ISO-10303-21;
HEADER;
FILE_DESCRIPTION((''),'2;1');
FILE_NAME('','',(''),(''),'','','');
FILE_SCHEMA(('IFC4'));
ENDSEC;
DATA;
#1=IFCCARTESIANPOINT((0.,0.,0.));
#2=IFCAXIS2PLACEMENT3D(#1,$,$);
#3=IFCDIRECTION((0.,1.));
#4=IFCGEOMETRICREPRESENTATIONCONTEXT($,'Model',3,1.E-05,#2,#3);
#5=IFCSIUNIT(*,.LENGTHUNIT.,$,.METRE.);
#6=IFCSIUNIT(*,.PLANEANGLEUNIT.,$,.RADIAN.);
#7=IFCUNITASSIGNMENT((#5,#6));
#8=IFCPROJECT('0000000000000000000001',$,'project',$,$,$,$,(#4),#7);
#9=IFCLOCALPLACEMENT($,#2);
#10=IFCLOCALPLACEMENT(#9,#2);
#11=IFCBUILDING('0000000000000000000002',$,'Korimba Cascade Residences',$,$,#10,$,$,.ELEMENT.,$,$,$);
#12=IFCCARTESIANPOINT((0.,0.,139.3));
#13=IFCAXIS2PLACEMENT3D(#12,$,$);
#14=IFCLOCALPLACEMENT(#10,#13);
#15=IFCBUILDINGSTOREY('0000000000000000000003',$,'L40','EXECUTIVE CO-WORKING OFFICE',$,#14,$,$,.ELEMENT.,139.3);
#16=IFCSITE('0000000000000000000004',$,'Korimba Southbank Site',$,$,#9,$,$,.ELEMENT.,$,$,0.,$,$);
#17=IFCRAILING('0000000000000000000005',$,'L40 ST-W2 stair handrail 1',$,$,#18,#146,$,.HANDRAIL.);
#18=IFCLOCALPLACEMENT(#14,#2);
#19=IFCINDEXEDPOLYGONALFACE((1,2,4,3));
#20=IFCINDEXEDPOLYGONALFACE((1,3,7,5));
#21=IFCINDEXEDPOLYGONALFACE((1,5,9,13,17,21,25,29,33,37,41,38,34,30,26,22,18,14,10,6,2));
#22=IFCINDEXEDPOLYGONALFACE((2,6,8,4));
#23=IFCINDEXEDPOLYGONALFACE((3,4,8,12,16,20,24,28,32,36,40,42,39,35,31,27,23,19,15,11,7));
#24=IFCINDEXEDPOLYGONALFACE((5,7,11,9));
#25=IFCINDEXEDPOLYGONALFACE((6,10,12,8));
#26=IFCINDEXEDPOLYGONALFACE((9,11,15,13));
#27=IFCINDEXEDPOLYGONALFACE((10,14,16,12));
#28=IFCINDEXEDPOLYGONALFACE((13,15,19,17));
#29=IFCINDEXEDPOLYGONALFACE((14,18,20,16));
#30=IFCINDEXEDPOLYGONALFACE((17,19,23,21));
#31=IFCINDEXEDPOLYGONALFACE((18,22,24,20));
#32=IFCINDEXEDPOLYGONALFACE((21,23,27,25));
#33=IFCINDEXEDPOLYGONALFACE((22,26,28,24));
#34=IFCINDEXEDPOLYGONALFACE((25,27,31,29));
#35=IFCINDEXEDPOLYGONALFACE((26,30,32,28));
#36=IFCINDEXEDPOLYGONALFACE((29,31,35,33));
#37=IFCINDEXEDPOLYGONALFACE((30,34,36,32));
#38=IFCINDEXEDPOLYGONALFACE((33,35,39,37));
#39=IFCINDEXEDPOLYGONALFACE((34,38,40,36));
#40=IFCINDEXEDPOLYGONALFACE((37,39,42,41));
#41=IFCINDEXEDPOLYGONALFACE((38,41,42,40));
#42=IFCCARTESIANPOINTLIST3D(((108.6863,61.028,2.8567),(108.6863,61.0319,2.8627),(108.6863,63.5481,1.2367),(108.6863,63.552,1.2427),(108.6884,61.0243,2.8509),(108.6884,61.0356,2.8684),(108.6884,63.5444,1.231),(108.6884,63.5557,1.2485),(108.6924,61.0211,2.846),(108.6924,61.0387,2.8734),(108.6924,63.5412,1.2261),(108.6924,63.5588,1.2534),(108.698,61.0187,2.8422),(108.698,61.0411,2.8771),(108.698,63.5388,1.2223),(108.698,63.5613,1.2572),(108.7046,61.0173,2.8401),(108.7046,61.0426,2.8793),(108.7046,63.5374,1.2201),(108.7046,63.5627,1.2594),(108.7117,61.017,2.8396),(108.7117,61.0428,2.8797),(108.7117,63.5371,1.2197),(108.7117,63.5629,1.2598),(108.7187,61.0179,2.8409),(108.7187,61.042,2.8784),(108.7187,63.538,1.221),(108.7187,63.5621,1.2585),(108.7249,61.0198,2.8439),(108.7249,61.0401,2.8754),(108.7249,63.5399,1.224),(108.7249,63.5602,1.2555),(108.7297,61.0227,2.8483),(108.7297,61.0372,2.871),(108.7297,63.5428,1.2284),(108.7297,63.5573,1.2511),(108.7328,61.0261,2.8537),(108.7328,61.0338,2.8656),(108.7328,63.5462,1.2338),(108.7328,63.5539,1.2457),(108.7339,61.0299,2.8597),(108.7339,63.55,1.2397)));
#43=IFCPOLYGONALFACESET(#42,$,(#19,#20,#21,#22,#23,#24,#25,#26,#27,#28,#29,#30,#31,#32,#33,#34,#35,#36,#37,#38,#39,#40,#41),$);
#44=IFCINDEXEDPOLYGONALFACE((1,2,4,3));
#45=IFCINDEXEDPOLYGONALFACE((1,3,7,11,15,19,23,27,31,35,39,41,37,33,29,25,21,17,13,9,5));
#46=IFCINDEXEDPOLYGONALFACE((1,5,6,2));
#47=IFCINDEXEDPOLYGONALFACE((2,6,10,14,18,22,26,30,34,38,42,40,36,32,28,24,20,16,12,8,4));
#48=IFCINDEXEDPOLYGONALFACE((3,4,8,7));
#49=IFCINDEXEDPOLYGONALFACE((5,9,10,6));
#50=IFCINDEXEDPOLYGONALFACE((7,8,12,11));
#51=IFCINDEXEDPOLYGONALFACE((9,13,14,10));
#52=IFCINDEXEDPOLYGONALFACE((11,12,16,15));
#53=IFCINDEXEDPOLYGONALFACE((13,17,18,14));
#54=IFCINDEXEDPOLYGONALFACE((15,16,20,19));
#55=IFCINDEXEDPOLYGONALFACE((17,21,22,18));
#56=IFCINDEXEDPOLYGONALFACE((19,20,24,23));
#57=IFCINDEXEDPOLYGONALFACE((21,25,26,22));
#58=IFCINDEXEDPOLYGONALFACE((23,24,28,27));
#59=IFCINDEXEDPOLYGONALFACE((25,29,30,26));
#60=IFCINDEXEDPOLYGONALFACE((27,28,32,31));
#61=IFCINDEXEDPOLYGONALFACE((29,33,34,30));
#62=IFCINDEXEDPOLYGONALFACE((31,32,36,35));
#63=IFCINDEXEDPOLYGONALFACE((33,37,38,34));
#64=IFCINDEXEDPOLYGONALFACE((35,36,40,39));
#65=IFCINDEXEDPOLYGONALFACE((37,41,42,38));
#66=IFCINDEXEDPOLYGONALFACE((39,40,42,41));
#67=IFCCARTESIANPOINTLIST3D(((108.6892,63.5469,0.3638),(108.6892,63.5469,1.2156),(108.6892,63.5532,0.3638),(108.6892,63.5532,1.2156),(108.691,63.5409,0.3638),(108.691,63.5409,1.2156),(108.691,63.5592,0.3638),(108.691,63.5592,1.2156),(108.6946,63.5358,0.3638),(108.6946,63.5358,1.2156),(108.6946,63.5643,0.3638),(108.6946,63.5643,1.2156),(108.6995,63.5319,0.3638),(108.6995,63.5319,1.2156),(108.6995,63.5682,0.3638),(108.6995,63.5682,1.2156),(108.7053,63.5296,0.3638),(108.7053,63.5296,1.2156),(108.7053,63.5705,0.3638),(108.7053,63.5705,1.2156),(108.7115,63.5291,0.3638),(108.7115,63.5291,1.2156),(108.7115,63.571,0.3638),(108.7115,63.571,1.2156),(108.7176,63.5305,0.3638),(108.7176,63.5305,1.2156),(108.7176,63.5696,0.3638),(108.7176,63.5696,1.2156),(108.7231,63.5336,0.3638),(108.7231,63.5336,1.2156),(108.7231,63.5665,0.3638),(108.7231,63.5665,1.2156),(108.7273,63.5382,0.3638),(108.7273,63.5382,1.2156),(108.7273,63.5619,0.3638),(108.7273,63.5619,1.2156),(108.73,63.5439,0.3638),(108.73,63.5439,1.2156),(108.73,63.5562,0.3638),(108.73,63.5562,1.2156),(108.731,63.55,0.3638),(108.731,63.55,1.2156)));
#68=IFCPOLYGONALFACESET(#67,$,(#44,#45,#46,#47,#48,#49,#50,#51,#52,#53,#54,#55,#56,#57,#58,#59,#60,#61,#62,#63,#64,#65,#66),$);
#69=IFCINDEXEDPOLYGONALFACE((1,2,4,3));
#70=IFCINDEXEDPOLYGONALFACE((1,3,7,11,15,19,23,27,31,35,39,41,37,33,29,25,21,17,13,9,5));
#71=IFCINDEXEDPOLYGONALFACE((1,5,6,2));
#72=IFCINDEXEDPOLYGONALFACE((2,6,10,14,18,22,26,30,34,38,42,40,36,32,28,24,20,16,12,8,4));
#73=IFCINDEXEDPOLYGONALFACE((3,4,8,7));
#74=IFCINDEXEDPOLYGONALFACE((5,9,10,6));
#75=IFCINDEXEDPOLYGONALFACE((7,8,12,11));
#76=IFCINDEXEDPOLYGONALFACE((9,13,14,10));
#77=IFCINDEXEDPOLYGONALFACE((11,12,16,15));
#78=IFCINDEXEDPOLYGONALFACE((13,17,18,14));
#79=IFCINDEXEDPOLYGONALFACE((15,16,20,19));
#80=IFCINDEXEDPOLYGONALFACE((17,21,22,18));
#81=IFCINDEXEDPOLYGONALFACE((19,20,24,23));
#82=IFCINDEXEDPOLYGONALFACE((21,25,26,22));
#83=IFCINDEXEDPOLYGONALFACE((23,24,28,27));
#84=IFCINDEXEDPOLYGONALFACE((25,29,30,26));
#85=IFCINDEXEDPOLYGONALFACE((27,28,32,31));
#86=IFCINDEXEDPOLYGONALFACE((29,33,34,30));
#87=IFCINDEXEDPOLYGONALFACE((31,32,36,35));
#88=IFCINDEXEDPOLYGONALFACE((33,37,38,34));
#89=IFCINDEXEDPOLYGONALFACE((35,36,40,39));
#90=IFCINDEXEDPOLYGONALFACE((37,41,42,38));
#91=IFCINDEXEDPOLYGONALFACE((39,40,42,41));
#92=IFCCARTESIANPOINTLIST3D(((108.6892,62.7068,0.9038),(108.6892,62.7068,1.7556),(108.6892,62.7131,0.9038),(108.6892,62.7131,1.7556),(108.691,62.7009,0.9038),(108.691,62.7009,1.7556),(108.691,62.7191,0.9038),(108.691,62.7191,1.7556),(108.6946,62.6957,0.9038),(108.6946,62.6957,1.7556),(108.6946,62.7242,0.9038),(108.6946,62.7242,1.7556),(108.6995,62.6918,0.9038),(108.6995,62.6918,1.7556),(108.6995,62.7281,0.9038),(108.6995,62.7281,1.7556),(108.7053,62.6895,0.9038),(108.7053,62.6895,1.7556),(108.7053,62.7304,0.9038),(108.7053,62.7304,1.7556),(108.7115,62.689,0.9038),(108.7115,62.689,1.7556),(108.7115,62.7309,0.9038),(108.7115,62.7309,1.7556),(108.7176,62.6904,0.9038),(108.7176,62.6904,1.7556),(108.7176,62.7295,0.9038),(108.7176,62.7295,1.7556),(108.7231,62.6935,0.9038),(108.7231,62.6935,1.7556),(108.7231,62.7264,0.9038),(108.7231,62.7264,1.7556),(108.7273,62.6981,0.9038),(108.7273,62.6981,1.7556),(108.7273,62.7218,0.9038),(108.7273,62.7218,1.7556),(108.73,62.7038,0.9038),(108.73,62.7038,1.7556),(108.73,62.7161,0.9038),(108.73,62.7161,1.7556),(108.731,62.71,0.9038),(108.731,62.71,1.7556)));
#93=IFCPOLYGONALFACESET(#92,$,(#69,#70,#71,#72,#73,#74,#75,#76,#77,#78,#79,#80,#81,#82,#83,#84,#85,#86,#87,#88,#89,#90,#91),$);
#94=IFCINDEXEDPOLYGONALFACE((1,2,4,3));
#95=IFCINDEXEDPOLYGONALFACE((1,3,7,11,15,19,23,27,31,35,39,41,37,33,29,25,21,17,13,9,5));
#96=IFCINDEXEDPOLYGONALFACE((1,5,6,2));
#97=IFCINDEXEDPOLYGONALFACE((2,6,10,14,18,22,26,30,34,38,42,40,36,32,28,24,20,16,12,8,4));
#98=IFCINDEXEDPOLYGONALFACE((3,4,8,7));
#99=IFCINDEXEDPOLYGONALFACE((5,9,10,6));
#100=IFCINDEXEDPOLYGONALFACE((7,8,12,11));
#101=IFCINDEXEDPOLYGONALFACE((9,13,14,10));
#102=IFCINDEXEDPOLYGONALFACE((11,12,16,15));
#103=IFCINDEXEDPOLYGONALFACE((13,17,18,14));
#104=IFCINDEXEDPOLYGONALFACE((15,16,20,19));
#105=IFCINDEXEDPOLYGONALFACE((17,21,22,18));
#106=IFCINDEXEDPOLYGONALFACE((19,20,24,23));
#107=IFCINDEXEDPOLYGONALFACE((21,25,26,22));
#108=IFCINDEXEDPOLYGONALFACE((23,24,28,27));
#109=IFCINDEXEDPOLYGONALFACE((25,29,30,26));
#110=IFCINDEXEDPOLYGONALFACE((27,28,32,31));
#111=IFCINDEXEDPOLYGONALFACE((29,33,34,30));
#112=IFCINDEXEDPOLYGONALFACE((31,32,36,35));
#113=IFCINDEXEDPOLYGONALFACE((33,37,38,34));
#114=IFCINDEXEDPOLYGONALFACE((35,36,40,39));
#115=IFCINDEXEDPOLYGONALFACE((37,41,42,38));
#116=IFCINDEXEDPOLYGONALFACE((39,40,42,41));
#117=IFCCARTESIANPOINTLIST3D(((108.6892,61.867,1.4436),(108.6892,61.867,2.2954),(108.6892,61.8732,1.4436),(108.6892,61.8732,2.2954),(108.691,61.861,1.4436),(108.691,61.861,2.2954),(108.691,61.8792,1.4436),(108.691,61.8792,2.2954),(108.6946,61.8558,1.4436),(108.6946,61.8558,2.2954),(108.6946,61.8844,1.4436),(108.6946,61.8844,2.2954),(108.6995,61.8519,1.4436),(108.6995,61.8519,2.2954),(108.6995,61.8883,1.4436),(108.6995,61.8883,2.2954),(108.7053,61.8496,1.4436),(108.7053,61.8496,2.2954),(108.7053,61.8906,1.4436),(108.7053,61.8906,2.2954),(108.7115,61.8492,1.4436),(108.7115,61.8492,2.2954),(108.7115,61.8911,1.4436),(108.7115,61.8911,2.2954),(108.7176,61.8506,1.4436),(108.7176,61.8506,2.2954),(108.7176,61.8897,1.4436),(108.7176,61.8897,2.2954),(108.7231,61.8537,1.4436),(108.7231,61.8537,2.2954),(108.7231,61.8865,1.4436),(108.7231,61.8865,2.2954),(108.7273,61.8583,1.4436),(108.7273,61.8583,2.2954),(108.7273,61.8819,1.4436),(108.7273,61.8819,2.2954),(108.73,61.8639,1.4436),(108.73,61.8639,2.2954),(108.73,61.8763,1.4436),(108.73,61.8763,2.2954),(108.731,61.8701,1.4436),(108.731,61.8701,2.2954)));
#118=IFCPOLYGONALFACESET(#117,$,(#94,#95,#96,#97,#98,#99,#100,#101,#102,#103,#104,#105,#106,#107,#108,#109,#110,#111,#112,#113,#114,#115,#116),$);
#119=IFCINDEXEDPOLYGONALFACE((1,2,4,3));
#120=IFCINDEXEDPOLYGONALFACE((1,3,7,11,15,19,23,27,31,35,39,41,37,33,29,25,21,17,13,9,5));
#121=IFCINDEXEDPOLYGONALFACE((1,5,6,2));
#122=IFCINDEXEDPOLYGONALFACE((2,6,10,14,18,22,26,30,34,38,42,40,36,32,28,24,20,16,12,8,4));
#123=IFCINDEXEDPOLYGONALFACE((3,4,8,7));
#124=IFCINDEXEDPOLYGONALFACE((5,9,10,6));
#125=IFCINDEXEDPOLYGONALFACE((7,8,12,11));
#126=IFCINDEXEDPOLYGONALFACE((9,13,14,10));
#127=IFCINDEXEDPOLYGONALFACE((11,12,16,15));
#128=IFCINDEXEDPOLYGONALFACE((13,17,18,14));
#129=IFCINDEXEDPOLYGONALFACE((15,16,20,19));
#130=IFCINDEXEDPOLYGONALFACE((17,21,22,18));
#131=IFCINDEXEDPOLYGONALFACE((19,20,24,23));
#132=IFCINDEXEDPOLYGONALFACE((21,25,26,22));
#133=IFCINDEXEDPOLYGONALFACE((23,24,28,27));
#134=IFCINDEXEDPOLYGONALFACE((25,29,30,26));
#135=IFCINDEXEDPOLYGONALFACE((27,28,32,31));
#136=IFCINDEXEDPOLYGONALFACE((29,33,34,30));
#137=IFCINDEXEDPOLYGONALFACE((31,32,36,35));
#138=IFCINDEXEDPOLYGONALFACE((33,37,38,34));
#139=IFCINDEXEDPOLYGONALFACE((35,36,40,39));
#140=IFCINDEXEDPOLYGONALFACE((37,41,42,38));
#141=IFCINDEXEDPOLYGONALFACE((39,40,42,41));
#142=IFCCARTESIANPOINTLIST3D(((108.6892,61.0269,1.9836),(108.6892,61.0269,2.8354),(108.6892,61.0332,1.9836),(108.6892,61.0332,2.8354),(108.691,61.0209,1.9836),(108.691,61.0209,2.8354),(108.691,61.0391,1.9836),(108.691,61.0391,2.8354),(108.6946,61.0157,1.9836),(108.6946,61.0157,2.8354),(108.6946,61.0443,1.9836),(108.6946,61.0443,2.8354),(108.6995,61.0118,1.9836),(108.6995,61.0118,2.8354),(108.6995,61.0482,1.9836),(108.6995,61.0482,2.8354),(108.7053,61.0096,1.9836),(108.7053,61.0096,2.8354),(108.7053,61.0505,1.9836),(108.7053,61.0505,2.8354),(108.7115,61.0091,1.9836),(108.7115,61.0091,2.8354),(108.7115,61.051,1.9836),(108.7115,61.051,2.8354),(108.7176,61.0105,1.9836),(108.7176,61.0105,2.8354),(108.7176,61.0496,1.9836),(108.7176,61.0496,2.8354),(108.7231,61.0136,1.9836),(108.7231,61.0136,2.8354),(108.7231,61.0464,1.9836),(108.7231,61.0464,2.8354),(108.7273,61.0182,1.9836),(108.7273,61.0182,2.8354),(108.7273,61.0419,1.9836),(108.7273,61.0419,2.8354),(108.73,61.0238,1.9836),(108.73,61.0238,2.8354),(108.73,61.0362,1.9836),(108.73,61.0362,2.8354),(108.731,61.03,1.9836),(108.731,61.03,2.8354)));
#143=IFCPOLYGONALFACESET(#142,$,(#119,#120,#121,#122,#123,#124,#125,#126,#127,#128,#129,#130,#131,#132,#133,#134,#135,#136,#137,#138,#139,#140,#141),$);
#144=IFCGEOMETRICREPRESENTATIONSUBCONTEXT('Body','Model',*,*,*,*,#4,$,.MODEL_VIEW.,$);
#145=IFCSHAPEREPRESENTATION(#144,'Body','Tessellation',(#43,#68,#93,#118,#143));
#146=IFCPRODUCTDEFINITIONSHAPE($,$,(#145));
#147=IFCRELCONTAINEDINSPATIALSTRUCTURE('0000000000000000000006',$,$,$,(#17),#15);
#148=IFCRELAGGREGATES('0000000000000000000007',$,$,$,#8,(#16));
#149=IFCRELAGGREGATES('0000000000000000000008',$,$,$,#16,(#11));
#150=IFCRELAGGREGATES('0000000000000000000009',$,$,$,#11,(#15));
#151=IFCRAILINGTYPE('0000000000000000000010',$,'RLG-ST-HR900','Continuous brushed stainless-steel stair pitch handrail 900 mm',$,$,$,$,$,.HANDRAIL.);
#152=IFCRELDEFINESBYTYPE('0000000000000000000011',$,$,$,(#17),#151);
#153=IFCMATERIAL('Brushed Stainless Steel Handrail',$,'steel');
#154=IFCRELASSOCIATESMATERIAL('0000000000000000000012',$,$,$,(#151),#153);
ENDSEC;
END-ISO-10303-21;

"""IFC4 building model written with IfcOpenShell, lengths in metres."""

from ifc_helpers import new_model, si_unit, direction, frame, origin, origin_2d, place, context, subcontext, project, spatial, circle, extrude, material, type_object, element, save


model = new_model("IFC4")

# Units and contexts
model_context = context("Model", 3, precision=1e-05, world=origin(), true_north=direction((0.0, 1.0)))
body_context = subcontext(model_context, "Body", "Model", "MODEL_VIEW")
ifc_project = project(units=[si_unit("LENGTHUNIT", "METRE"), si_unit("PLANEANGLEUNIT", "RADIAN")], contexts=[model_context])

# Site, building, storey
site_placement = place(None, origin())
site = spatial("IfcSite", under=ifc_project, at=site_placement, Name="Korimba Southbank Site", CompositionType="ELEMENT", RefElevation=0.0)
building_placement = place(site_placement, origin())
building = spatial("IfcBuilding", under=site, at=building_placement, Name="Korimba Cascade Residences", CompositionType="ELEMENT")
storey_placement = place(building_placement, frame((0.0, 0.0, 139.3)))
storey = spatial("IfcBuildingStorey", under=building, at=storey_placement, Name="L40", Description="EXECUTIVE CO-WORKING OFFICE", CompositionType="ELEMENT", Elevation=139.3)

# Railing
ifc_material_1 = material(Name="Brushed Stainless Steel Handrail", Category="steel")
railing_type_1 = type_object("IfcRailingType", Name="RLG-ST-HR900", Description="Continuous brushed stainless-steel stair pitch handrail 900 mm", PredefinedType="HANDRAIL", material=ifc_material_1)
railing_1_placement = place(storey_placement, frame((108.71, 63.55, 0.3638)))
element("IfcRailing", 1, at=railing_1_placement, inside=storey, type_object=railing_type_1, Name="L40 ST-W2 stair handrail 1", PredefinedType="HANDRAIL", context=body_context, shape_type="SweptSolid", body=[
    extrude(circle(Radius=0.0239, at=origin_2d()), frame((0.0, 0.0, 0.876), z_axis=(0.0, -0.8412, 0.540725), x_axis=(1.0, 0.0, 0.0)), (0.0, 0.0, 1.0), 2.9958),
    extrude(circle(Radius=0.021, at=origin_2d()), origin(), (0.0, 0.0, 1.0), 0.8518),
    extrude(circle(Radius=0.021, at=origin_2d()), frame((0.0, -0.8401, 0.54)), (0.0, 0.0, 1.0), 0.8518),
    extrude(circle(Radius=0.021, at=origin_2d()), frame((0.0, -1.6799, 1.0798)), (0.0, 0.0, 1.0), 0.8518),
    extrude(circle(Radius=0.021, at=origin_2d()), frame((0.0, -2.52, 1.6199)), (0.0, 0.0, 1.0), 0.8518),
])

save(model, "model.ifc")
